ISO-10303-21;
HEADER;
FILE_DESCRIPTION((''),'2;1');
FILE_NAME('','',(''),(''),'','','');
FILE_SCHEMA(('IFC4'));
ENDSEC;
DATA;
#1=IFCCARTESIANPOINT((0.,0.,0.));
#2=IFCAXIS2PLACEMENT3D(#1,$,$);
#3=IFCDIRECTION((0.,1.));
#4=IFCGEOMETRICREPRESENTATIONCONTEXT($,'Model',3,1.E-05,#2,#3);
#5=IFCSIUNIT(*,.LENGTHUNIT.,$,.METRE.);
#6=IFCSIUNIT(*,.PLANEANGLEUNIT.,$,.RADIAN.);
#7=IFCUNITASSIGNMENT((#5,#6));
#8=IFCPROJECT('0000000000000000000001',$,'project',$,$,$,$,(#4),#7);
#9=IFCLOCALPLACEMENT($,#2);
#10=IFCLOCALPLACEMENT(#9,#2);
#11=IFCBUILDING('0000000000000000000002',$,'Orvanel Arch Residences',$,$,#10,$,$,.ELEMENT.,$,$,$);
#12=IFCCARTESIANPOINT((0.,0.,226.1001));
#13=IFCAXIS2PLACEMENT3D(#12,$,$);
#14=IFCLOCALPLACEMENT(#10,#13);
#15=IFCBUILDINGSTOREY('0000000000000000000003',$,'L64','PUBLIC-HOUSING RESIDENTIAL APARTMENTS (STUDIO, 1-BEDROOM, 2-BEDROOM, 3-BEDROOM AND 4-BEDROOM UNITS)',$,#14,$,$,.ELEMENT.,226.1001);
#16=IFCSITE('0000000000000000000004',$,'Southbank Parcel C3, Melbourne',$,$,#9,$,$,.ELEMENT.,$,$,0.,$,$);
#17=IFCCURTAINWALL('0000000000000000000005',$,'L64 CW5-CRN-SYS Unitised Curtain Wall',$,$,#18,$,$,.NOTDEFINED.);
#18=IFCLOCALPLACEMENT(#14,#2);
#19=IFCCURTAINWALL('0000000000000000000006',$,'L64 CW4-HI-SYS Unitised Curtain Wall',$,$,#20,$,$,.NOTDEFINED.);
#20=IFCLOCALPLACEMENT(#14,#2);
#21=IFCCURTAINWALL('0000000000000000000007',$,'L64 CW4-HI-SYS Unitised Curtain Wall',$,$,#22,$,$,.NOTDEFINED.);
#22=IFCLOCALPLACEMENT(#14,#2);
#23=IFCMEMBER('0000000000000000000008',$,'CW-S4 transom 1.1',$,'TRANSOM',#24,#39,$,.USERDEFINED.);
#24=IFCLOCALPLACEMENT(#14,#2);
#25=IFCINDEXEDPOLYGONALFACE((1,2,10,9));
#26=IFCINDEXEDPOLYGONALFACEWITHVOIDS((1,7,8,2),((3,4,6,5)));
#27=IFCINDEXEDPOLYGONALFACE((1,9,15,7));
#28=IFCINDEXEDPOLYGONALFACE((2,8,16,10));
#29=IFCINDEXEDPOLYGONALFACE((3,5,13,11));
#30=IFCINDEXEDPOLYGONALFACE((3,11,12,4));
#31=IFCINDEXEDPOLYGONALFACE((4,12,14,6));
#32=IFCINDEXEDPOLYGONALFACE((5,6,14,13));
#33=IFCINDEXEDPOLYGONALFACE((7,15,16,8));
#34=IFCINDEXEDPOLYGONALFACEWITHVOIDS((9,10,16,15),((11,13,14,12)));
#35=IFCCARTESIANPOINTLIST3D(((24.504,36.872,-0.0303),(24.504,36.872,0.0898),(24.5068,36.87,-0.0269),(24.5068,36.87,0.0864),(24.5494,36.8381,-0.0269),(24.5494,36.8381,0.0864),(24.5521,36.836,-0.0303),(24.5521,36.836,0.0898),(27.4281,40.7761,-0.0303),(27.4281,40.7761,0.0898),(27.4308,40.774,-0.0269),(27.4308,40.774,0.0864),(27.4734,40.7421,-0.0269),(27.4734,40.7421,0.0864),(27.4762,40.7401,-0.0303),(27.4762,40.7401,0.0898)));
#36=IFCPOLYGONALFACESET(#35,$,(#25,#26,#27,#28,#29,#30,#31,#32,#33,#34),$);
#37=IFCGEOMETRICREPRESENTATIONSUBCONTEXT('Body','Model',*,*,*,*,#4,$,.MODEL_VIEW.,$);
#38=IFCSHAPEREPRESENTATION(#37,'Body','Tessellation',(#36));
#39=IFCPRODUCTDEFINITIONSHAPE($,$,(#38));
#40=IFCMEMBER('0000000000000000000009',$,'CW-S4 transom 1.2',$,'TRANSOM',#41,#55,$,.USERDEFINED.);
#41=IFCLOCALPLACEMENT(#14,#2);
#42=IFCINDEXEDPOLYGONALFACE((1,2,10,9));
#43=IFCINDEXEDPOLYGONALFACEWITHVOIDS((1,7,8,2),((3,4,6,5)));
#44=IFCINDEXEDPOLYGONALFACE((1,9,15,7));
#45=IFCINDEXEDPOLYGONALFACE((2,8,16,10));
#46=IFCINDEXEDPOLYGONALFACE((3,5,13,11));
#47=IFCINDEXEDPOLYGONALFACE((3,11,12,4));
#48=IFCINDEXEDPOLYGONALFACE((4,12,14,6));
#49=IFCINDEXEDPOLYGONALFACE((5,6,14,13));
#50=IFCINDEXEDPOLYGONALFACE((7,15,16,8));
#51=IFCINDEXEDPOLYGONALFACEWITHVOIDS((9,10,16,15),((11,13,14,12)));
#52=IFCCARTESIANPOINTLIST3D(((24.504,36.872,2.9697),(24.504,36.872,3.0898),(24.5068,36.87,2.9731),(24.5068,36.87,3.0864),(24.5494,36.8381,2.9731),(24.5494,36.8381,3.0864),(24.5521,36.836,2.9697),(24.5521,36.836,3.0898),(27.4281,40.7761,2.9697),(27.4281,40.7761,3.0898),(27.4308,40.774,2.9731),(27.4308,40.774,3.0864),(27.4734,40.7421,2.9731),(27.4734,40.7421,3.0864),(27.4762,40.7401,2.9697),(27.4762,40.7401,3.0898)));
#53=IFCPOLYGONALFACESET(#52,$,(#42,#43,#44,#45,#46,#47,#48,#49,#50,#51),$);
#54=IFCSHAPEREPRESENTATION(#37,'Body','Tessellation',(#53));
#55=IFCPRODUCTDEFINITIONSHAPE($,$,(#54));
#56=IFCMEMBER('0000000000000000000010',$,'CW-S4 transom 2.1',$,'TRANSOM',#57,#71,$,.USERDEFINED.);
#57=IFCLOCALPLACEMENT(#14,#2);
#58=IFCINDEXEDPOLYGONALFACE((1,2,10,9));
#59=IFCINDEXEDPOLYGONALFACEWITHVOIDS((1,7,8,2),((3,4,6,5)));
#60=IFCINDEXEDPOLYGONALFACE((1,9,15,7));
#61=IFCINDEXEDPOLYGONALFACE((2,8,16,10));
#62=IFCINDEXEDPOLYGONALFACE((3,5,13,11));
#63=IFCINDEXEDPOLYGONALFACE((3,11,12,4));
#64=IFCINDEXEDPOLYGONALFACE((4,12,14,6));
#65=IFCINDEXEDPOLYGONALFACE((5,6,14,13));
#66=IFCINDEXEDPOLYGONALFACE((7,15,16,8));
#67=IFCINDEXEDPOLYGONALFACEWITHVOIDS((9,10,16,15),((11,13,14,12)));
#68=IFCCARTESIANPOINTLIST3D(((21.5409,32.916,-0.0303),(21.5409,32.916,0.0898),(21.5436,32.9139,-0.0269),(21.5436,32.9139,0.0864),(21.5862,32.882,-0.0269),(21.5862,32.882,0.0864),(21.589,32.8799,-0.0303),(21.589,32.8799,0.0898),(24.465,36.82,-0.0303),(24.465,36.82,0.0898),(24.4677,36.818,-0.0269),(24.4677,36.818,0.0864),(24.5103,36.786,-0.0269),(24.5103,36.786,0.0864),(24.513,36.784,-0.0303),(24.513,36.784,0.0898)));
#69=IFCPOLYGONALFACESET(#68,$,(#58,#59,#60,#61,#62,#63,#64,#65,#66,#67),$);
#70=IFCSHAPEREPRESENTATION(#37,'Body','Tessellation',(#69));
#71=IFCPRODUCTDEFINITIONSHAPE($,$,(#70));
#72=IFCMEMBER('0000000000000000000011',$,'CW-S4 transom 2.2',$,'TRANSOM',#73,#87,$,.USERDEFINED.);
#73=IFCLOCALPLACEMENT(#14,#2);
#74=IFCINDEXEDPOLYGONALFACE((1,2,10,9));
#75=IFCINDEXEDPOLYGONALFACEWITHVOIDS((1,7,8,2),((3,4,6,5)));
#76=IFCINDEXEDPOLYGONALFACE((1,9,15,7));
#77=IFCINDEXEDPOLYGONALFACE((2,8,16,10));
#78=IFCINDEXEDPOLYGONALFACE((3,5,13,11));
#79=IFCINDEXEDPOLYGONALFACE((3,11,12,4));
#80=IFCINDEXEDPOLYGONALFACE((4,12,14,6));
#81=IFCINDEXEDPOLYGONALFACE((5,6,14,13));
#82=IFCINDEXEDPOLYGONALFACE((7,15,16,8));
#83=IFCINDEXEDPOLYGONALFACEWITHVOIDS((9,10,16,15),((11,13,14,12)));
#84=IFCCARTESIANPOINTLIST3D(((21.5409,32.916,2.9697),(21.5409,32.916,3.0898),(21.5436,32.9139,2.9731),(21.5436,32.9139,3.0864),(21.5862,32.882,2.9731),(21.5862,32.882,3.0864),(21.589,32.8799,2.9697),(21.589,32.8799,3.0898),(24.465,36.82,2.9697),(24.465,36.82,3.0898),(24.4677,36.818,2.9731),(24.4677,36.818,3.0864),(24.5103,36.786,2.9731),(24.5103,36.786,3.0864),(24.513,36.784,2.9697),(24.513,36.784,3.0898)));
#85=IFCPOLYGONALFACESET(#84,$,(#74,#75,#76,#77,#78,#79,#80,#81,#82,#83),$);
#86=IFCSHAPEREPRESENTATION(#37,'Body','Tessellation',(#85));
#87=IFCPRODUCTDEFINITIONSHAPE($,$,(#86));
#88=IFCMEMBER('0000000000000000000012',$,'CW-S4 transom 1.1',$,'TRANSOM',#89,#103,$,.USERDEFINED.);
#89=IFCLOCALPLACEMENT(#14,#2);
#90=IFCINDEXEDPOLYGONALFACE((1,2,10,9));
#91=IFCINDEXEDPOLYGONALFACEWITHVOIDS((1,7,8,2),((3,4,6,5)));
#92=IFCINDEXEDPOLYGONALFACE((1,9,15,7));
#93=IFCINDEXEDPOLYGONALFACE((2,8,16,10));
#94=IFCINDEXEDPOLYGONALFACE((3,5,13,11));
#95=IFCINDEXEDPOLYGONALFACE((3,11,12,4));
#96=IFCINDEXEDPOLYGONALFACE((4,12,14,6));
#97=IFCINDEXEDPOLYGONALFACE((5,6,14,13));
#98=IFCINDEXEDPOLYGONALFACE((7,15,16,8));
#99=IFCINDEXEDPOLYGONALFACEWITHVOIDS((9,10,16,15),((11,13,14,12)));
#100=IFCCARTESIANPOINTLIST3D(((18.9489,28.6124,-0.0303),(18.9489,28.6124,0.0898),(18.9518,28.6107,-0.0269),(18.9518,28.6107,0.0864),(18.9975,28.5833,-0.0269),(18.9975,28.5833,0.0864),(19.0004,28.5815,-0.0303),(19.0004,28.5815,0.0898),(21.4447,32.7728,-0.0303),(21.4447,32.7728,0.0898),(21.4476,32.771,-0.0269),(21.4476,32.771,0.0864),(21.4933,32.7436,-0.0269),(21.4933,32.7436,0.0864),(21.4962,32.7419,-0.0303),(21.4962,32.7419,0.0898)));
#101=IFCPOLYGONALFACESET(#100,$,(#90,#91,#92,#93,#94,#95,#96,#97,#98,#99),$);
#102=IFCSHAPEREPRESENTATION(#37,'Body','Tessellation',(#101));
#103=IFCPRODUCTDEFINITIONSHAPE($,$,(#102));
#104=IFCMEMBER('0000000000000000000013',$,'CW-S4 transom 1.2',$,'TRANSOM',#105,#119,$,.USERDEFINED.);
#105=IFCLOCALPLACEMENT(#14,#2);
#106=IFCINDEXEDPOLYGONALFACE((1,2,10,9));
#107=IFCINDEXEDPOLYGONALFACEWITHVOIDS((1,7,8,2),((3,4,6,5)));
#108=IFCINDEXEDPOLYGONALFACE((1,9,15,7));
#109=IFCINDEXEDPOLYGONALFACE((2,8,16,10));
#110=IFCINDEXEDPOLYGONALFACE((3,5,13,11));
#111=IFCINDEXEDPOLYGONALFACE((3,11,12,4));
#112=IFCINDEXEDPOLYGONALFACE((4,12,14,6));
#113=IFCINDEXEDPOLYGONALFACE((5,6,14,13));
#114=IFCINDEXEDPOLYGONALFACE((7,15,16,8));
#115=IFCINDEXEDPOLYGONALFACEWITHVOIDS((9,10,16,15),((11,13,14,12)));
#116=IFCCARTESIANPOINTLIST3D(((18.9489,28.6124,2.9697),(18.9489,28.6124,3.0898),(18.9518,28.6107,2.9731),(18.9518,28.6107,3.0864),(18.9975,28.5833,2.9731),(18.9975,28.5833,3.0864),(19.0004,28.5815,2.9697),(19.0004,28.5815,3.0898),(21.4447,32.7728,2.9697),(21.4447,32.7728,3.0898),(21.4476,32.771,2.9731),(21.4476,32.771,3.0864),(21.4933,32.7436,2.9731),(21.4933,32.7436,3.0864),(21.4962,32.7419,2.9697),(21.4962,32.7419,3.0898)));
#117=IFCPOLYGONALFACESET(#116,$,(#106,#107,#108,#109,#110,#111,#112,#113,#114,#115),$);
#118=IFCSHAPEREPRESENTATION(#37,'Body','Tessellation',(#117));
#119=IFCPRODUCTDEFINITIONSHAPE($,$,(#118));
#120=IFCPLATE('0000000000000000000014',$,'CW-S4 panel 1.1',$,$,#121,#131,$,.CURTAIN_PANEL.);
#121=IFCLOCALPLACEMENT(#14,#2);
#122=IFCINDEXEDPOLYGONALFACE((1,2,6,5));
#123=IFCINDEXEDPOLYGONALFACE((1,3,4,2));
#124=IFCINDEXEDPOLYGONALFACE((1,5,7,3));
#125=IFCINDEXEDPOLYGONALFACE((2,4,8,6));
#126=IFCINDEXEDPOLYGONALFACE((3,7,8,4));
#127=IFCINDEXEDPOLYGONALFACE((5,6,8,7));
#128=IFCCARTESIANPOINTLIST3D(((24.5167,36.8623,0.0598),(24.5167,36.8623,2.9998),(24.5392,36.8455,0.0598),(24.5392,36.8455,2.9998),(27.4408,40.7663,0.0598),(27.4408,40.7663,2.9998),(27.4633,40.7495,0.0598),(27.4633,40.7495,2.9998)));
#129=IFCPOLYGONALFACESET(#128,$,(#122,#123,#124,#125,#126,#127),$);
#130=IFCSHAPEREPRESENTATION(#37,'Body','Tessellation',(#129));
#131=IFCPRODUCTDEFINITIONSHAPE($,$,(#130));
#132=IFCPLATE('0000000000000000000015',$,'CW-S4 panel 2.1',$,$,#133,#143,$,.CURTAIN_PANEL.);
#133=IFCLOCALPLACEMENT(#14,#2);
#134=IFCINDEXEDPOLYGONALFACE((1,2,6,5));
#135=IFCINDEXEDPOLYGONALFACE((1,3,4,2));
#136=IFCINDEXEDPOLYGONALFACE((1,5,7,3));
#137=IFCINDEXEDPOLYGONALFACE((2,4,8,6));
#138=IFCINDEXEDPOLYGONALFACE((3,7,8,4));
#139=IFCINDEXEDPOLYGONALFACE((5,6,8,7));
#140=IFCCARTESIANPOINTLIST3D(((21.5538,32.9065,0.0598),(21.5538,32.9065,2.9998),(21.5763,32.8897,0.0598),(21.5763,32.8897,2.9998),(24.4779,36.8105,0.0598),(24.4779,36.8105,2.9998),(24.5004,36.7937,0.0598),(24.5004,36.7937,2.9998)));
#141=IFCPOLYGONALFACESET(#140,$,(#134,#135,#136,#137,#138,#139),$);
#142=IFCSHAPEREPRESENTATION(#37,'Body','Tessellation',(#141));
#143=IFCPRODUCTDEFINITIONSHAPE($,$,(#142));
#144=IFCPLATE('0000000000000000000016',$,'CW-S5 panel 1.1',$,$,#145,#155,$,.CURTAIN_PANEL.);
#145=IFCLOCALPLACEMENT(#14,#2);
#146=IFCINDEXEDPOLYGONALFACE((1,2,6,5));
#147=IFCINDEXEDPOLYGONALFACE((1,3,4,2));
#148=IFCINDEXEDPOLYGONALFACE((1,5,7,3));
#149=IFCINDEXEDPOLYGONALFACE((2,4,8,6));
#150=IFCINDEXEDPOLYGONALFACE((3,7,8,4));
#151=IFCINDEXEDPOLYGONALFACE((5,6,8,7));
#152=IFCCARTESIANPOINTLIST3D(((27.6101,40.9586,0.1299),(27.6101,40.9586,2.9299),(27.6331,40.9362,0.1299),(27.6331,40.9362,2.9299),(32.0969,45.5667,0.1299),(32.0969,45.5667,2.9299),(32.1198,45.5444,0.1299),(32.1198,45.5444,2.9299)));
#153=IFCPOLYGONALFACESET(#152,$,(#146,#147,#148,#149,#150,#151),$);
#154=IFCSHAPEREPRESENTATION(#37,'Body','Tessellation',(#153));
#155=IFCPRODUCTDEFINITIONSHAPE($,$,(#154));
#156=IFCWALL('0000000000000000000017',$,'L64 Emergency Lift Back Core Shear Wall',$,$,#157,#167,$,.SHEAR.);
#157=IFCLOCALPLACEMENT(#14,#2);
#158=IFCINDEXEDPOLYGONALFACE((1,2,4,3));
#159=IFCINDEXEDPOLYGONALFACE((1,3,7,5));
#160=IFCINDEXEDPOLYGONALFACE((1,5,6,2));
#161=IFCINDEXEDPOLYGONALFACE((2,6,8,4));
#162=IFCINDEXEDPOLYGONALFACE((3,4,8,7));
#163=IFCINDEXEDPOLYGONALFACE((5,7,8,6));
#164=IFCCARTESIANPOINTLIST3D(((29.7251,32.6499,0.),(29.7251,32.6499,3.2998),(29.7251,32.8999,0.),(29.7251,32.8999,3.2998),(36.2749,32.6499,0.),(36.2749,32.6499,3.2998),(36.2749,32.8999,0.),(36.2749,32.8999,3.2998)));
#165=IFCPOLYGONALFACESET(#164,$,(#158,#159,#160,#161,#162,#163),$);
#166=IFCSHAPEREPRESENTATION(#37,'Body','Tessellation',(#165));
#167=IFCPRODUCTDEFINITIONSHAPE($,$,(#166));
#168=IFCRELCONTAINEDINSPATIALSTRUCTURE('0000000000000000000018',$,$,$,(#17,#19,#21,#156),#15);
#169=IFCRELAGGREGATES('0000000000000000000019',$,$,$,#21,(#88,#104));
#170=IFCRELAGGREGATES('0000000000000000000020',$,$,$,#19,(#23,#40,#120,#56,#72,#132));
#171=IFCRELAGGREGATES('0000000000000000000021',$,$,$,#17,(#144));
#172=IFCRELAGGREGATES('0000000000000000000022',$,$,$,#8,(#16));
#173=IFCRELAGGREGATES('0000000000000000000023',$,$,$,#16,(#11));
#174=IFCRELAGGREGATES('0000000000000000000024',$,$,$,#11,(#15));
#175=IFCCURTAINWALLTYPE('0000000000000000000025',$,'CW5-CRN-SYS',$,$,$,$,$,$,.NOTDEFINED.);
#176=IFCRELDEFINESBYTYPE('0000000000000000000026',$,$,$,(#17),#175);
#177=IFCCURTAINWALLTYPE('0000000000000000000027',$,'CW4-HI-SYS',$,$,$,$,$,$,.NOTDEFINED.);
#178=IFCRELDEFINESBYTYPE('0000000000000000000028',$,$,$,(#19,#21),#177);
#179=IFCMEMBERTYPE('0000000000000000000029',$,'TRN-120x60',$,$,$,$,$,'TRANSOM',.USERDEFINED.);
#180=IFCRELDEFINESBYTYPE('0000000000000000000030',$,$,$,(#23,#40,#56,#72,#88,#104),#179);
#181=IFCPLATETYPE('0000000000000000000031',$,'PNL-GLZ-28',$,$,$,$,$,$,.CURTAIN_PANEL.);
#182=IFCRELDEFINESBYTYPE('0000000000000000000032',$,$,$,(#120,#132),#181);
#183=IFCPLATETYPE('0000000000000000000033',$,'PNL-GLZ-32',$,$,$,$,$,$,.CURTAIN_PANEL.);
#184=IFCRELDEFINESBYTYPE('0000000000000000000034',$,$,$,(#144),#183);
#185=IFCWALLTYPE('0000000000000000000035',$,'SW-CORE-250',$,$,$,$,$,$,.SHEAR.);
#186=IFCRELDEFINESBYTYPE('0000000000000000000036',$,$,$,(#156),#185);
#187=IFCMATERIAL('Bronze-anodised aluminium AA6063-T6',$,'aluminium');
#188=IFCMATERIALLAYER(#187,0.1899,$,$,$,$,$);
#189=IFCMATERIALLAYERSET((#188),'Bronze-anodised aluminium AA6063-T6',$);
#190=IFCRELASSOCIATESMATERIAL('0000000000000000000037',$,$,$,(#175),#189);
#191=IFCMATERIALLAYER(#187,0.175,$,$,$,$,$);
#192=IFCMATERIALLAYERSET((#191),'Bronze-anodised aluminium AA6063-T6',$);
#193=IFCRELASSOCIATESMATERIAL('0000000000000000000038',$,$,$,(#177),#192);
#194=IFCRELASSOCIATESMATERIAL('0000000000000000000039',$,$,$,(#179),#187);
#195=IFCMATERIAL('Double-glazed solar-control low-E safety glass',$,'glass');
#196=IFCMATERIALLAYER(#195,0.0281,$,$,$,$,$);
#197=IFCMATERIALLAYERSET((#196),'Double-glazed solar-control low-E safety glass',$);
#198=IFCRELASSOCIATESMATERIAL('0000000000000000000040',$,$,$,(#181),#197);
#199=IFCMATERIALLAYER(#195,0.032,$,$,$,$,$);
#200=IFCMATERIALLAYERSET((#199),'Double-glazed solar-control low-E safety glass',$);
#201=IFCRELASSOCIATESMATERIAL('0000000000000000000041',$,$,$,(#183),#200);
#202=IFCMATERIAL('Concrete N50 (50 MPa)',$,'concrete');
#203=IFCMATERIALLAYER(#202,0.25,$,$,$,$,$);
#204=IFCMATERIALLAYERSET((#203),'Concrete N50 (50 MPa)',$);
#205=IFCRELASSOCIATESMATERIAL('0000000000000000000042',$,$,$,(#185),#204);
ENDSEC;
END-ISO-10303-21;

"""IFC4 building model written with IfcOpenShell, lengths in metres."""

from ifc_helpers import new_model, si_unit, direction, frame, frame_2d, origin, origin_2d, place, context, subcontext, project, spatial, rectangle, hollow_rectangle, extrude, material, layer, layer_set, material_profile, profile_set, type_object, element, aggregate, save


model = new_model("IFC4")

# Units and contexts
model_context = context("Model", 3, precision=1e-05, world=origin(), true_north=direction((0.0, 1.0)))
body_context = subcontext(model_context, "Body", "Model", "MODEL_VIEW")
ifc_project = project(units=[si_unit("LENGTHUNIT", "METRE"), si_unit("PLANEANGLEUNIT", "RADIAN")], contexts=[model_context])

# Site, building, storey
site_placement = place(None, origin())
site = spatial("IfcSite", under=ifc_project, at=site_placement, Name="Southbank Parcel C3, Melbourne", CompositionType="ELEMENT", RefElevation=0.0)
building_placement = place(site_placement, origin())
building = spatial("IfcBuilding", under=site, at=building_placement, Name="Orvanel Arch Residences", CompositionType="ELEMENT")
storey_placement = place(building_placement, frame((0.0, 0.0, 226.1001)))
storey = spatial("IfcBuildingStorey", under=building, at=storey_placement, Name="L64", Description="PUBLIC-HOUSING RESIDENTIAL APARTMENTS (STUDIO, 1-BEDROOM, 2-BEDROOM, 3-BEDROOM AND 4-BEDROOM UNITS)", CompositionType="ELEMENT", Elevation=226.1001)

# Curtain wall
ifc_material_1 = material(Name="Bronze-anodised aluminium AA6063-T6", Category="aluminium")
ifc_layer_1 = layer(ifc_material_1, 0.1899)
ifc_layer_set_1 = layer_set([ifc_layer_1], Name="Bronze-anodised aluminium AA6063-T6")
curtain_wall_type_1 = type_object("IfcCurtainWallType", Name="CW5-CRN-SYS", PredefinedType="NOTDEFINED", material=ifc_layer_set_1)
curtain_wall_1_placement = place(storey_placement, origin())
curtain_wall_1 = element("IfcCurtainWall", 1, at=curtain_wall_1_placement, inside=storey, type_object=curtain_wall_type_1, Name="L64 CW5-CRN-SYS Unitised Curtain Wall", PredefinedType="NOTDEFINED")

# Curtain wall
ifc_layer_2 = layer(ifc_material_1, 0.175)
ifc_layer_set_2 = layer_set([ifc_layer_2], Name="Bronze-anodised aluminium AA6063-T6")
curtain_wall_type_2 = type_object("IfcCurtainWallType", Name="CW4-HI-SYS", PredefinedType="NOTDEFINED", material=ifc_layer_set_2)
curtain_wall_2_placement = place(storey_placement, origin())
curtain_wall_2 = element("IfcCurtainWall", 2, at=curtain_wall_2_placement, inside=storey, type_object=curtain_wall_type_2, Name="L64 CW4-HI-SYS Unitised Curtain Wall", PredefinedType="NOTDEFINED")

# Curtain wall
curtain_wall_3_placement = place(storey_placement, origin())
curtain_wall_3 = element("IfcCurtainWall", 3, at=curtain_wall_3_placement, inside=storey, type_object=curtain_wall_type_2, Name="L64 CW4-HI-SYS Unitised Curtain Wall", PredefinedType="NOTDEFINED")

# Members
ifc_material_profile_1 = material_profile(ifc_material_1, hollow_rectangle(XDim=0.0601, YDim=0.1201, WallThickness=0.0034, at=origin_2d()), Name="ALU120x60x3.5")
ifc_profile_set_1 = profile_set([ifc_material_profile_1], Name="Bronze-anodised aluminium AA6063-T6")
member_type_1 = type_object("IfcMemberType", Name="TRN-120x60", ElementType="TRANSOM", PredefinedType="USERDEFINED", material=ifc_profile_set_1)
member_1_placement = place(storey_placement, frame((27.4521, 40.7581, 0.0298), z_axis=(-0.599479, -0.80039, 0.0), x_axis=(0.80039, -0.599479, 0.0)))
member_1 = element("IfcMember", 4, at=member_1_placement, type_object=member_type_1, Name="CW-S4 transom 1.1", ObjectType="TRANSOM", PredefinedType="USERDEFINED", context=body_context, shape_type="SweptSolid", body=[
    extrude(hollow_rectangle(XDim=0.0601, YDim=0.1201, WallThickness=0.0034, at=origin_2d()), origin(), (0.0, 0.0, 1.0), 4.8777),
])
member_2_placement = place(storey_placement, frame((27.4521, 40.7581, 3.0298), z_axis=(-0.599479, -0.80039, 0.0), x_axis=(0.80039, -0.599479, 0.0)))
member_2 = element("IfcMember", 5, at=member_2_placement, type_object=member_type_1, Name="CW-S4 transom 1.2", ObjectType="TRANSOM", PredefinedType="USERDEFINED", context=body_context, shape_type="SweptSolid", body=[
    extrude(hollow_rectangle(XDim=0.0601, YDim=0.1201, WallThickness=0.0034, at=origin_2d()), origin(), (0.0, 0.0, 1.0), 4.8777),
])
member_3_placement = place(storey_placement, frame((24.489, 36.802, 0.0298), z_axis=(-0.599479, -0.80039, 0.0), x_axis=(0.80039, -0.599479, 0.0)))
member_3 = element("IfcMember", 6, at=member_3_placement, type_object=member_type_1, Name="CW-S4 transom 2.1", ObjectType="TRANSOM", PredefinedType="USERDEFINED", context=body_context, shape_type="SweptSolid", body=[
    extrude(hollow_rectangle(XDim=0.0601, YDim=0.1201, WallThickness=0.0034, at=origin_2d()), origin(), (0.0, 0.0, 1.0), 4.8777),
])
member_4_placement = place(storey_placement, frame((24.489, 36.802, 3.0298), z_axis=(-0.599479, -0.80039, 0.0), x_axis=(0.80039, -0.599479, 0.0)))
member_4 = element("IfcMember", 7, at=member_4_placement, type_object=member_type_1, Name="CW-S4 transom 2.2", ObjectType="TRANSOM", PredefinedType="USERDEFINED", context=body_context, shape_type="SweptSolid", body=[
    extrude(hollow_rectangle(XDim=0.0601, YDim=0.1201, WallThickness=0.0034, at=origin_2d()), origin(), (0.0, 0.0, 1.0), 4.8777),
])
member_5_placement = place(storey_placement, frame((21.4705, 32.7573, 0.0298), z_axis=(-0.514437, -0.857528, 0.0), x_axis=(0.857528, -0.514437, 0.0)))
member_5 = element("IfcMember", 8, at=member_5_placement, type_object=member_type_1, Name="CW-S4 transom 1.1", ObjectType="TRANSOM", PredefinedType="USERDEFINED", context=body_context, shape_type="SweptSolid", body=[
    extrude(hollow_rectangle(XDim=0.0601, YDim=0.1201, WallThickness=0.0034, at=origin_2d()), origin(), (0.0, 0.0, 1.0), 4.8516),
])
member_6_placement = place(storey_placement, frame((21.4705, 32.7573, 3.0298), z_axis=(-0.514437, -0.857528, 0.0), x_axis=(0.857528, -0.514437, 0.0)))
member_6 = element("IfcMember", 9, at=member_6_placement, type_object=member_type_1, Name="CW-S4 transom 1.2", ObjectType="TRANSOM", PredefinedType="USERDEFINED", context=body_context, shape_type="SweptSolid", body=[
    extrude(hollow_rectangle(XDim=0.0601, YDim=0.1201, WallThickness=0.0034, at=origin_2d()), origin(), (0.0, 0.0, 1.0), 4.8516),
])
aggregate(curtain_wall_3, [member_5, member_6])

# Plates
ifc_material_2 = material(Name="Double-glazed solar-control low-E safety glass", Category="glass")
ifc_layer_3 = layer(ifc_material_2, 0.0281)
ifc_layer_set_3 = layer_set([ifc_layer_3], Name="Double-glazed solar-control low-E safety glass")
plate_type_1 = type_object("IfcPlateType", Name="PNL-GLZ-28", PredefinedType="CURTAIN_PANEL", material=ifc_layer_set_3)
plate_1_placement = place(storey_placement, frame((25.99, 38.8059, 0.0598), z_axis=(0.0, 0.0, 1.0), x_axis=(-0.599485, -0.800386, 0.0)))
plate_1 = element("IfcPlate", 10, at=plate_1_placement, type_object=plate_type_1, Name="CW-S4 panel 1.1", PredefinedType="CURTAIN_PANEL", context=body_context, shape_type="SweptSolid", body=[
    extrude(rectangle(XDim=4.8777, YDim=0.0281, at=origin_2d()), origin(), (0.0, 0.0, 1.0), 2.9399),
])
plate_2_placement = place(storey_placement, frame((23.0271, 34.8501, 0.0598), z_axis=(0.0, 0.0, 1.0), x_axis=(-0.599485, -0.800386, 0.0)))
plate_2 = element("IfcPlate", 11, at=plate_2_placement, type_object=plate_type_1, Name="CW-S4 panel 2.1", PredefinedType="CURTAIN_PANEL", context=body_context, shape_type="SweptSolid", body=[
    extrude(rectangle(XDim=4.8777, YDim=0.0281, at=origin_2d()), origin(), (0.0, 0.0, 1.0), 2.9399),
])
aggregate(curtain_wall_2, [member_1, member_2, plate_1, member_3, member_4, plate_2])
ifc_layer_4 = layer(ifc_material_2, 0.032)
ifc_layer_set_4 = layer_set([ifc_layer_4], Name="Double-glazed solar-control low-E safety glass")
plate_type_2 = type_object("IfcPlateType", Name="PNL-GLZ-32", PredefinedType="CURTAIN_PANEL", material=ifc_layer_set_4)
plate_3_placement = place(storey_placement, frame((29.865, 43.2515, 0.1299), z_axis=(0.0, 0.0, 1.0), x_axis=(-0.697611, -0.716477, 0.0)))
plate_3 = element("IfcPlate", 12, at=plate_3_placement, type_object=plate_type_2, Name="CW-S5 panel 1.1", PredefinedType="CURTAIN_PANEL", context=body_context, shape_type="SweptSolid", body=[
    extrude(rectangle(XDim=6.4316, YDim=0.032, at=origin_2d()), origin(), (0.0, 0.0, 1.0), 2.8),
])
aggregate(curtain_wall_1, [plate_3])

# Wall
ifc_material_3 = material(Name="Concrete N50 (50 MPa)", Category="concrete")
ifc_layer_5 = layer(ifc_material_3, 0.25)
ifc_layer_set_5 = layer_set([ifc_layer_5], Name="Concrete N50 (50 MPa)")
wall_type_1 = type_object("IfcWallType", Name="SW-CORE-250", PredefinedType="SHEAR", material=ifc_layer_set_5)
wall_1_placement = place(storey_placement, frame((29.7251, 32.7749, 0.0), z_axis=(0.0, 0.0, 1.0), x_axis=(1.0, 0.0, 0.0)))
element("IfcWall", 13, at=wall_1_placement, inside=storey, type_object=wall_type_1, Name="L64 Emergency Lift Back Core Shear Wall", PredefinedType="SHEAR", context=body_context, shape_type="SweptSolid", body=[
    extrude(rectangle(XDim=6.5498, YDim=0.25, at=frame_2d((3.2749, 0.0))), origin(), (0.0, 0.0, 1.0), 3.2998),
])

save(model, "model.ifc")
